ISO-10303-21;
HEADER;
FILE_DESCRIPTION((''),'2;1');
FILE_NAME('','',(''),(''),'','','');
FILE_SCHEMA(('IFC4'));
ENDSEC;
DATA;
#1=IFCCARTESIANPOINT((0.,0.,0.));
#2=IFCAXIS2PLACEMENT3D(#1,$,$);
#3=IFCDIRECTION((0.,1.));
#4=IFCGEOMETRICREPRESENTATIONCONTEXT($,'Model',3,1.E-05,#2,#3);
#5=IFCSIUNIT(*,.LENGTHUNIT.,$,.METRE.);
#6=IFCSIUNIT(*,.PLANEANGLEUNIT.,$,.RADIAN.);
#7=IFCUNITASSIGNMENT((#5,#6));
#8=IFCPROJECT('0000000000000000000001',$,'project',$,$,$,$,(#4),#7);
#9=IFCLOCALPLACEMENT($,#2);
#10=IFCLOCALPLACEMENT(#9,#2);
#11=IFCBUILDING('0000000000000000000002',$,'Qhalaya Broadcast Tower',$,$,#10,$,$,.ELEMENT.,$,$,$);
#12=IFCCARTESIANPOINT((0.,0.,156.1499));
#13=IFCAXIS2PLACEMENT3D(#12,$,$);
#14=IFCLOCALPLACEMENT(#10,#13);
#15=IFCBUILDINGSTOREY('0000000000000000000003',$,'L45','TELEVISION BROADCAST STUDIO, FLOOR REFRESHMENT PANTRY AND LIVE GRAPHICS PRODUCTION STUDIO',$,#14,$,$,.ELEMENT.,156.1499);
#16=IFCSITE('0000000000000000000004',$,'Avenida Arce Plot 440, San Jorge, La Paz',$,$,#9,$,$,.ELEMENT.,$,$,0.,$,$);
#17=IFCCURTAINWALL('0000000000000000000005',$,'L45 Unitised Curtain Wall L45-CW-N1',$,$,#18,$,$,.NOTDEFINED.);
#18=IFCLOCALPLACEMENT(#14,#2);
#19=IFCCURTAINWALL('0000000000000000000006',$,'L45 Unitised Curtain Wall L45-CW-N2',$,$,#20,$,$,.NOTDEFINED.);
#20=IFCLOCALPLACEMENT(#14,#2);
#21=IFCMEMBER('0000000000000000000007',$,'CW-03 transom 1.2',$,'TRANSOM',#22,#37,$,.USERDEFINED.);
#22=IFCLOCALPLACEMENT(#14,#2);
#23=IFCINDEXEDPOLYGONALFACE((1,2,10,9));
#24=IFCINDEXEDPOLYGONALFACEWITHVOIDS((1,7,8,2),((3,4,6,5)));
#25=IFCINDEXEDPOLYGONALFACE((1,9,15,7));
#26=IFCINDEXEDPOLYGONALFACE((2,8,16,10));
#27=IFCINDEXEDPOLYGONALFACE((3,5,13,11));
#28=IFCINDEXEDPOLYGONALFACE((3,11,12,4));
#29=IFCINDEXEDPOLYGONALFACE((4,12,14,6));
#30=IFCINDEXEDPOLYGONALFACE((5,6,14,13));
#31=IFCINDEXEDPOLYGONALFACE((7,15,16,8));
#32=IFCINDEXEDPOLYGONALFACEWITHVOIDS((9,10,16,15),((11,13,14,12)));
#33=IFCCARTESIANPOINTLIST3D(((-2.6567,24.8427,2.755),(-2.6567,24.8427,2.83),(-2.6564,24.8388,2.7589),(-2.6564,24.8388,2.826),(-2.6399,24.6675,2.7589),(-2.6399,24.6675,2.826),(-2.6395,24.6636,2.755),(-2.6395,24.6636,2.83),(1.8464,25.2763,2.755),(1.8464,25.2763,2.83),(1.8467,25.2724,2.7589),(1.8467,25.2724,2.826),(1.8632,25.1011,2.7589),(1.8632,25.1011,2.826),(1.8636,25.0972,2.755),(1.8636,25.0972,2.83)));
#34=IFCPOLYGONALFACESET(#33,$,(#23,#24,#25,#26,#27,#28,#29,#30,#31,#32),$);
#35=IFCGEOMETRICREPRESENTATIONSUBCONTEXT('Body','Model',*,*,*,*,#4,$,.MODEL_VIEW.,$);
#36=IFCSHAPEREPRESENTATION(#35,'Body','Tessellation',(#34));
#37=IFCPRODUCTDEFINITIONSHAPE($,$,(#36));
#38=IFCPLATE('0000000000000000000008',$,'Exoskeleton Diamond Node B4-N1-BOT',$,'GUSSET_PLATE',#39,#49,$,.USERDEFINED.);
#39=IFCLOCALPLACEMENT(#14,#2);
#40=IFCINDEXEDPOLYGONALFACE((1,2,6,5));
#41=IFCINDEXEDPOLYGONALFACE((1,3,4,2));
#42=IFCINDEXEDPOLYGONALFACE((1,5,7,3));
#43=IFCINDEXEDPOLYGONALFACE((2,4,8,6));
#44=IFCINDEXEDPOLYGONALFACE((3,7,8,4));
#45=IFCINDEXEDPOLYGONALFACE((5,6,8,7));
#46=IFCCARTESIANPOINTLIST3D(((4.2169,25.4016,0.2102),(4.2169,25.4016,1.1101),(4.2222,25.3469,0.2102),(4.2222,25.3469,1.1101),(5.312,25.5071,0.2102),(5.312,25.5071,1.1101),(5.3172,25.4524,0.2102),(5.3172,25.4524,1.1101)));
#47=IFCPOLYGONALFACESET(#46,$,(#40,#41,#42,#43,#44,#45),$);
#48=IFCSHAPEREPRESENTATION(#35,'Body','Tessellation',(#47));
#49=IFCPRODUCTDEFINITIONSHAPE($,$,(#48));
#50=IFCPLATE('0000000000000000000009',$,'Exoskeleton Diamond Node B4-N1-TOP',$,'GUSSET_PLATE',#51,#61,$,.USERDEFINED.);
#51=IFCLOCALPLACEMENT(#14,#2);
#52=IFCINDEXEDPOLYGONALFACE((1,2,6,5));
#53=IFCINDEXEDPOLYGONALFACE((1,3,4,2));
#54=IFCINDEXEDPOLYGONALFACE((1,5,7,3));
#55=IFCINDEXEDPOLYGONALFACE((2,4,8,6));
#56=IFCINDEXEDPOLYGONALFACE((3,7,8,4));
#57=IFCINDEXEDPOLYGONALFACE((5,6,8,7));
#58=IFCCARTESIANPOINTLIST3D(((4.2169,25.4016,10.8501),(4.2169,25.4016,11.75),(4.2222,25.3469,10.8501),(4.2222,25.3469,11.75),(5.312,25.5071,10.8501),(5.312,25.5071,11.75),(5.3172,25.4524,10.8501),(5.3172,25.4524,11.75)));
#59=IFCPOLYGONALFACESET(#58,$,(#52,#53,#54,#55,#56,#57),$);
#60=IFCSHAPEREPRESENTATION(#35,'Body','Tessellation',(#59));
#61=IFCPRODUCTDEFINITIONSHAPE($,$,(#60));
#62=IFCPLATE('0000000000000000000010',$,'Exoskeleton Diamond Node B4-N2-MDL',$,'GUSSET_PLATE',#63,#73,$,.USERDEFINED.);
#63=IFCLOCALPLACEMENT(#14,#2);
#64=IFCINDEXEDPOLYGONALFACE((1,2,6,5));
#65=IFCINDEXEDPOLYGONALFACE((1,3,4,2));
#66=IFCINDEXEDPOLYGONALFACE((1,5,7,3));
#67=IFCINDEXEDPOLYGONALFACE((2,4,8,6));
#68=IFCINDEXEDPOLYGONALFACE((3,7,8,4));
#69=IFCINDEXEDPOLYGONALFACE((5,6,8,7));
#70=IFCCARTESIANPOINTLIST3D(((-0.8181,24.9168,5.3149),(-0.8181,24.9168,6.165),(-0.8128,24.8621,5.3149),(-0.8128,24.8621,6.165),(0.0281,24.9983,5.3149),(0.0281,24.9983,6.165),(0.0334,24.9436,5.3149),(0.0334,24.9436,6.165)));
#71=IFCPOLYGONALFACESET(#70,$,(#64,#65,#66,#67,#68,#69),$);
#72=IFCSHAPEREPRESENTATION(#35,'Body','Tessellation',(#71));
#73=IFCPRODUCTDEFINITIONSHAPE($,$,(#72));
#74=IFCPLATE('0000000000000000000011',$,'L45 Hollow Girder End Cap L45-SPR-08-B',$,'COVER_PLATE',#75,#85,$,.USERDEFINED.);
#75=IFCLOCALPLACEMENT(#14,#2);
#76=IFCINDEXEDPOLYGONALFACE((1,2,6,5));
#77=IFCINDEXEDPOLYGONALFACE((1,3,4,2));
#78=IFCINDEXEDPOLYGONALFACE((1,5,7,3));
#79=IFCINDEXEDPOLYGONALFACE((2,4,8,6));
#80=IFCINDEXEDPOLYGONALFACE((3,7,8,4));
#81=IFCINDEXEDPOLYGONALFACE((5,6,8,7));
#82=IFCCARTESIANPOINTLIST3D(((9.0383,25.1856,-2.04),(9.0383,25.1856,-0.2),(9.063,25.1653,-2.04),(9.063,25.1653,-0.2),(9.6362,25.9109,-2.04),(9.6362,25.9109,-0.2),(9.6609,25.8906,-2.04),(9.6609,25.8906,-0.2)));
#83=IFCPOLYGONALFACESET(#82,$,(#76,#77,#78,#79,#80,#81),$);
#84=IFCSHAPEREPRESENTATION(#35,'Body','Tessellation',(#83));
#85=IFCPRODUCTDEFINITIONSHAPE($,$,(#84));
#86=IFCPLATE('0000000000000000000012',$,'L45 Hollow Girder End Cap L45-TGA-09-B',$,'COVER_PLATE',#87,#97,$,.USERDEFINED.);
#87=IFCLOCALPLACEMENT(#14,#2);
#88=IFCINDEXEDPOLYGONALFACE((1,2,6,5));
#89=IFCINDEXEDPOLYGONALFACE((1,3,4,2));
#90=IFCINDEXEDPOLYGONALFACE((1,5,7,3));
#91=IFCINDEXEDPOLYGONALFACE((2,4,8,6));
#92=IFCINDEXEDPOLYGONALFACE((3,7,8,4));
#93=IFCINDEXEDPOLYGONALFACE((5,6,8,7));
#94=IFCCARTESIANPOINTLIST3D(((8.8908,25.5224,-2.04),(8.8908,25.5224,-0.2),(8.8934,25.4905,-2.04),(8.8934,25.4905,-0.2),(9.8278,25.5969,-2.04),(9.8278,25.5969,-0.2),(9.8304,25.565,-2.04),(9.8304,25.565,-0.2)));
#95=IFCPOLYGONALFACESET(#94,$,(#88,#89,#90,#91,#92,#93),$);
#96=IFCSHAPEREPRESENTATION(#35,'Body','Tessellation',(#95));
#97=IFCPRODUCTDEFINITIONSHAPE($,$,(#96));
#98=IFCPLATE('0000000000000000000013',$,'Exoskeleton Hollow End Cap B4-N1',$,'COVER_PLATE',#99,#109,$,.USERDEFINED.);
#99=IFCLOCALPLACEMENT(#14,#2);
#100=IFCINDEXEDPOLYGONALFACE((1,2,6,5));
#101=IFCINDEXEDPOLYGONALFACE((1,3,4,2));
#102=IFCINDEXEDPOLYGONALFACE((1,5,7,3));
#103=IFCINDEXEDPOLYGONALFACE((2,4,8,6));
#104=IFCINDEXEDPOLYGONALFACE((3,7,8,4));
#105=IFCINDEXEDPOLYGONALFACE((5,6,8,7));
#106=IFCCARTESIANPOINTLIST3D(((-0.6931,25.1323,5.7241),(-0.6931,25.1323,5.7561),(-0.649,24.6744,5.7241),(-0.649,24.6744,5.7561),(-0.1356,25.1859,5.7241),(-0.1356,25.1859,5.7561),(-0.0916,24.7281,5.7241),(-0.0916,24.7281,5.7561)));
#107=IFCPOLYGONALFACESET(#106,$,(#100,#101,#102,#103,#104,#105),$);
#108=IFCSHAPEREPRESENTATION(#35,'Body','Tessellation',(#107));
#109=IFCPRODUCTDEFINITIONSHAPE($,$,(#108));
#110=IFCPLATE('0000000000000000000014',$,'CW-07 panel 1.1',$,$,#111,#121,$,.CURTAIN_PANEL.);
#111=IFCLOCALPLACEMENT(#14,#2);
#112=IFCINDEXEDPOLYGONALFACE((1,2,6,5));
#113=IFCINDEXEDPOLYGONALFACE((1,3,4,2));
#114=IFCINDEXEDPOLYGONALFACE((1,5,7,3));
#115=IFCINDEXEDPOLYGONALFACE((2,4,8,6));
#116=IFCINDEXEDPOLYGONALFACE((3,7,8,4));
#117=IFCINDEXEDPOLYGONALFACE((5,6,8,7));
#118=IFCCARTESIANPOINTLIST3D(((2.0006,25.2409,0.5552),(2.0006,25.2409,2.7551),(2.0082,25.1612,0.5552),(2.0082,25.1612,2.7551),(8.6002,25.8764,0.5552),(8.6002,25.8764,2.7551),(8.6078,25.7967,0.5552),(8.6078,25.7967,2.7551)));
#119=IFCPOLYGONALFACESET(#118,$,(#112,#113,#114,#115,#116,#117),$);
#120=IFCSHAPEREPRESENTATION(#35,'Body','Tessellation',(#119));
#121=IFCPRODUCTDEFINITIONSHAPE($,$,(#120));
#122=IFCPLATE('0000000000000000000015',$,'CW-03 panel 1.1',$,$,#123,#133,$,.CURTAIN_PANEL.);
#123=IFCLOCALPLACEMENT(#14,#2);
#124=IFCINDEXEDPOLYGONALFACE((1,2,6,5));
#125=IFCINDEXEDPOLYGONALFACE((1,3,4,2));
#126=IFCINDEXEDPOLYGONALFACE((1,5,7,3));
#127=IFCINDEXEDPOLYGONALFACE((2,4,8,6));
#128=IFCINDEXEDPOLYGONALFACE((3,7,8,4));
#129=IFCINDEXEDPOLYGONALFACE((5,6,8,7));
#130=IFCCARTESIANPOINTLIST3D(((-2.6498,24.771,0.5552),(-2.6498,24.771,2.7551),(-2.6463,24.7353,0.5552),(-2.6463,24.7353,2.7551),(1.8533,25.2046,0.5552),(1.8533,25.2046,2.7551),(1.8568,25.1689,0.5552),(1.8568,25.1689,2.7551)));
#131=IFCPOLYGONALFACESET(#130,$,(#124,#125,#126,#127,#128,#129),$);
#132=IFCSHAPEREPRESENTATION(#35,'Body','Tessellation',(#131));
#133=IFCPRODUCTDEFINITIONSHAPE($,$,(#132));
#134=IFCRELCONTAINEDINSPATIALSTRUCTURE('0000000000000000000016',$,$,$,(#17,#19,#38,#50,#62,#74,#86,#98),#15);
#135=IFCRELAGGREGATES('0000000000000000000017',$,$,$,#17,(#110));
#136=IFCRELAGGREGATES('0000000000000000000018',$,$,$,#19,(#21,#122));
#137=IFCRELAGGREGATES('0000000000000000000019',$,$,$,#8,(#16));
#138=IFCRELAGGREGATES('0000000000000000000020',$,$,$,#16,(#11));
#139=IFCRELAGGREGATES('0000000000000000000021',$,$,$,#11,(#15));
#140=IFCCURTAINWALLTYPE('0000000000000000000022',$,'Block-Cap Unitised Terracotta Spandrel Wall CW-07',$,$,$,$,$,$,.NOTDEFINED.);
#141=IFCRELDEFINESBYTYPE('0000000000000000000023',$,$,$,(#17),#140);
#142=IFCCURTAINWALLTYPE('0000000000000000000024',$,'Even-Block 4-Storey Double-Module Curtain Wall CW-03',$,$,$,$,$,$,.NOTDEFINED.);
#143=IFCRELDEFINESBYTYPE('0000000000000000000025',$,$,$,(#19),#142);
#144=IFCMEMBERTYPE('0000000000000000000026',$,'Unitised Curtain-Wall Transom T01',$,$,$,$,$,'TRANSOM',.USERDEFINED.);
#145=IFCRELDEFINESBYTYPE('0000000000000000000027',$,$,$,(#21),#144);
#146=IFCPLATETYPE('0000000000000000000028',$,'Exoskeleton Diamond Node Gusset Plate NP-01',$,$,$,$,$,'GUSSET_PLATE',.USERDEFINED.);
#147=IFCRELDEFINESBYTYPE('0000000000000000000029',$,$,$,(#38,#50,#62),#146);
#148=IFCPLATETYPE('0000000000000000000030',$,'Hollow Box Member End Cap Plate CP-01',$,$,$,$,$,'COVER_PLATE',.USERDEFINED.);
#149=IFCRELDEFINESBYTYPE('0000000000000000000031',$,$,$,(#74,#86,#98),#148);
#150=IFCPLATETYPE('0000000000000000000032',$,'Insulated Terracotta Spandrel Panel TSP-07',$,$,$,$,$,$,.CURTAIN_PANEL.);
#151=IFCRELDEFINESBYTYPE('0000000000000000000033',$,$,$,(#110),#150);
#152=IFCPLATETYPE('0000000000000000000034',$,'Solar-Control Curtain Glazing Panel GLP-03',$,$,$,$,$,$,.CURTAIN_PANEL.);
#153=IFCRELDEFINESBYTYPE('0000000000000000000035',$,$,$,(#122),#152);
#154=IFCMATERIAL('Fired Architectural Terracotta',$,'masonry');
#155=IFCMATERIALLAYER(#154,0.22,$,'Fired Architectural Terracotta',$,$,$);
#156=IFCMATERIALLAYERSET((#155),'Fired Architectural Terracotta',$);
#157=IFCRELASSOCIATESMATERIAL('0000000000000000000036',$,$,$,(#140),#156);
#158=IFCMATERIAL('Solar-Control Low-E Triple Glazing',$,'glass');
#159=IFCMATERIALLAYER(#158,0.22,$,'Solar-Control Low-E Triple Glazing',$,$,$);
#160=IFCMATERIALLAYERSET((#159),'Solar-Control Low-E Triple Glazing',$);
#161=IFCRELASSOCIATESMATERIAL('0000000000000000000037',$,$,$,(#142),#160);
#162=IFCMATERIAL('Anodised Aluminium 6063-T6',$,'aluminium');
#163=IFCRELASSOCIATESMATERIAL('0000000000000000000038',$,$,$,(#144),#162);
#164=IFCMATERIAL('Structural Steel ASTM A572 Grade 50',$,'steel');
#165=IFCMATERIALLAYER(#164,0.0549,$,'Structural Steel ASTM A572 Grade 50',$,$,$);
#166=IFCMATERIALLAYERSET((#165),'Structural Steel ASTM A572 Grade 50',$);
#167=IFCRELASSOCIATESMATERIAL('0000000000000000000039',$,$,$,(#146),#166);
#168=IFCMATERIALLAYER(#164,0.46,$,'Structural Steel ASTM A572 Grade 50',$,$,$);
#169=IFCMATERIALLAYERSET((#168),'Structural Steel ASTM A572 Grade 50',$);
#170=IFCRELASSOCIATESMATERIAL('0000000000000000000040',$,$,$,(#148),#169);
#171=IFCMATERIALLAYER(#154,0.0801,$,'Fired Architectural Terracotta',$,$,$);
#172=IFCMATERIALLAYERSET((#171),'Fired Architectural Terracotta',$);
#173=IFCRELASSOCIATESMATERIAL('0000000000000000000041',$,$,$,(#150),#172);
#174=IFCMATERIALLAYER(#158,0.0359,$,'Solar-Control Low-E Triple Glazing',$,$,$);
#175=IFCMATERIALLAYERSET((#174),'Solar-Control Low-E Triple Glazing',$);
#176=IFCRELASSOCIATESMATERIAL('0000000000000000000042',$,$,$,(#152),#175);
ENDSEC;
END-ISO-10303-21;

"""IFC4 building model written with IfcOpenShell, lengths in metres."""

from ifc_helpers import new_model, si_unit, direction, frame, origin, origin_2d, place, context, subcontext, project, spatial, rectangle, hollow_rectangle, extrude, material, layer, layer_set, material_profile, profile_set, type_object, element, aggregate, save


model = new_model("IFC4")

# Units and contexts
model_context = context("Model", 3, precision=1e-05, world=origin(), true_north=direction((0.0, 1.0)))
body_context = subcontext(model_context, "Body", "Model", "MODEL_VIEW")
ifc_project = project(units=[si_unit("LENGTHUNIT", "METRE"), si_unit("PLANEANGLEUNIT", "RADIAN")], contexts=[model_context])

# Site, building, storey
site_placement = place(None, origin())
site = spatial("IfcSite", under=ifc_project, at=site_placement, Name="Avenida Arce Plot 440, San Jorge, La Paz", CompositionType="ELEMENT", RefElevation=0.0)
building_placement = place(site_placement, origin())
building = spatial("IfcBuilding", under=site, at=building_placement, Name="Qhalaya Broadcast Tower", CompositionType="ELEMENT")
storey_placement = place(building_placement, frame((0.0, 0.0, 156.1499)))
storey = spatial("IfcBuildingStorey", under=building, at=storey_placement, Name="L45", Description="TELEVISION BROADCAST STUDIO, FLOOR REFRESHMENT PANTRY AND LIVE GRAPHICS PRODUCTION STUDIO", CompositionType="ELEMENT", Elevation=156.1499)

# Shared definitions
ifc_material_1 = material(Name="Structural Steel ASTM A572 Grade 50", Category="steel")

# Curtain wall
ifc_material_2 = material(Name="Fired Architectural Terracotta", Category="masonry")
ifc_layer_1 = layer(ifc_material_2, 0.22, Name="Fired Architectural Terracotta")
ifc_layer_set_1 = layer_set([ifc_layer_1], Name="Fired Architectural Terracotta")
curtain_wall_type_1 = type_object("IfcCurtainWallType", Name="Block-Cap Unitised Terracotta Spandrel Wall CW-07", PredefinedType="NOTDEFINED", material=ifc_layer_set_1)
curtain_wall_1_placement = place(storey_placement, origin())
curtain_wall_1 = element("IfcCurtainWall", 1, at=curtain_wall_1_placement, inside=storey, type_object=curtain_wall_type_1, Name="L45 Unitised Curtain Wall L45-CW-N1", PredefinedType="NOTDEFINED")
ifc_material_3 = material(Name="Anodised Aluminium 6063-T6", Category="aluminium")

# Curtain wall
ifc_material_4 = material(Name="Solar-Control Low-E Triple Glazing", Category="glass")
ifc_layer_2 = layer(ifc_material_4, 0.22, Name="Solar-Control Low-E Triple Glazing")
ifc_layer_set_2 = layer_set([ifc_layer_2], Name="Solar-Control Low-E Triple Glazing")
curtain_wall_type_2 = type_object("IfcCurtainWallType", Name="Even-Block 4-Storey Double-Module Curtain Wall CW-03", PredefinedType="NOTDEFINED", material=ifc_layer_set_2)
curtain_wall_2_placement = place(storey_placement, origin())
curtain_wall_2 = element("IfcCurtainWall", 2, at=curtain_wall_2_placement, inside=storey, type_object=curtain_wall_type_2, Name="L45 Unitised Curtain Wall L45-CW-N2", PredefinedType="NOTDEFINED")

# Member
ifc_material_profile_1 = material_profile(ifc_material_3, hollow_rectangle(XDim=0.075, YDim=0.1799, WallThickness=0.0039, at=origin_2d()), Name="ALU-TRN 75x180x4")
ifc_profile_set_1 = profile_set([ifc_material_profile_1], Name="Anodised Aluminium 6063-T6")
member_type_1 = type_object("IfcMemberType", Name="Unitised Curtain-Wall Transom T01", ElementType="TRANSOM", PredefinedType="USERDEFINED", material=ifc_profile_set_1)
member_1_placement = place(storey_placement, frame((1.855, 25.1868, 2.7925), z_axis=(-0.995396, -0.095843, 0.0), x_axis=(0.0, 0.0, 1.0)))
member_1 = element("IfcMember", 3, at=member_1_placement, type_object=member_type_1, Name="CW-03 transom 1.2", ObjectType="TRANSOM", PredefinedType="USERDEFINED", context=body_context, shape_type="SweptSolid", body=[
    extrude(hollow_rectangle(XDim=0.075, YDim=0.1799, WallThickness=0.0039, at=origin_2d()), origin(), (0.0, 0.0, 1.0), 4.5239),
])

# Plates
ifc_layer_3 = layer(ifc_material_1, 0.0549, Name="Structural Steel ASTM A572 Grade 50")
ifc_layer_set_3 = layer_set([ifc_layer_3], Name="Structural Steel ASTM A572 Grade 50")
plate_type_1 = type_object("IfcPlateType", Name="Exoskeleton Diamond Node Gusset Plate NP-01", ElementType="GUSSET_PLATE", PredefinedType="USERDEFINED", material=ifc_layer_set_3)
for number, where, z_axis, x_axis, name in (
    (4, (4.7671, 25.427, 0.2102), (0.0, 0.0, 1.0), (0.995396, 0.095846, 0.0), "Exoskeleton Diamond Node B4-N1-BOT"),
    (5, (4.7671, 25.427, 10.8501), (0.0, 0.0, 1.0), (0.995396, 0.095846, 0.0), "Exoskeleton Diamond Node B4-N1-TOP"),
):
    element("IfcPlate", number, at=place(storey_placement, frame(where, z_axis=z_axis, x_axis=x_axis)), inside=storey, type_object=plate_type_1, Name=name, ObjectType="GUSSET_PLATE", PredefinedType="USERDEFINED", context=body_context, shape_type="SweptSolid", body=[
        extrude(rectangle(XDim=1.1001, YDim=0.0549, at=origin_2d()), origin(), (0.0, 0.0, 1.0), 0.8999),
    ])
plate_1_placement = place(storey_placement, frame((-0.3923, 24.9302, 5.3149), z_axis=(0.0, 0.0, 1.0), x_axis=(0.995396, 0.095846, 0.0)))
element("IfcPlate", 6, at=plate_1_placement, inside=storey, type_object=plate_type_1, Name="Exoskeleton Diamond Node B4-N2-MDL", ObjectType="GUSSET_PLATE", PredefinedType="USERDEFINED", context=body_context, shape_type="SweptSolid", body=[
    extrude(rectangle(XDim=0.8501, YDim=0.0549, at=origin_2d()), origin(), (0.0, 0.0, 1.0), 0.8501),
])
ifc_layer_4 = layer(ifc_material_1, 0.46, Name="Structural Steel ASTM A572 Grade 50")
ifc_layer_set_4 = layer_set([ifc_layer_4], Name="Structural Steel ASTM A572 Grade 50")
plate_type_2 = type_object("IfcPlateType", Name="Hollow Box Member End Cap Plate CP-01", ElementType="COVER_PLATE", PredefinedType="USERDEFINED", material=ifc_layer_set_4)
for number, where, z_axis, x_axis, name in (
    (7, (9.3496, 25.5381, -2.04), (0.0, 0.0, 1.0), (-0.636078, -0.771625, 0.0), "L45 Hollow Girder End Cap L45-SPR-08-B"),
    (8, (9.3606, 25.5437, -2.04), (0.0, 0.0, 1.0), (-0.99686, -0.07919, 0.0), "L45 Hollow Girder End Cap L45-TGA-09-B"),
):
    element("IfcPlate", number, at=place(storey_placement, frame(where, z_axis=z_axis, x_axis=x_axis)), inside=storey, type_object=plate_type_2, Name=name, ObjectType="COVER_PLATE", PredefinedType="USERDEFINED", context=body_context, shape_type="SweptSolid", body=[
        extrude(rectangle(XDim=0.9399, YDim=0.032, at=origin_2d()), origin(), (0.0, 0.0, 1.0), 1.8401),
    ])
plate_2_placement = place(storey_placement, frame((-0.3923, 24.9302, 5.7241), z_axis=(0.0, 0.0, 1.0), x_axis=(0.995396, 0.095846, 0.0)))
element("IfcPlate", 9, at=plate_2_placement, inside=storey, type_object=plate_type_2, Name="Exoskeleton Hollow End Cap B4-N1", ObjectType="COVER_PLATE", PredefinedType="USERDEFINED", context=body_context, shape_type="SweptSolid", body=[
    extrude(rectangle(XDim=0.5601, YDim=0.46, at=origin_2d()), origin(), (0.0, 0.0, 1.0), 0.032),
])

# Plates
ifc_layer_5 = layer(ifc_material_2, 0.0801, Name="Fired Architectural Terracotta")
ifc_layer_set_5 = layer_set([ifc_layer_5], Name="Fired Architectural Terracotta")
plate_type_3 = type_object("IfcPlateType", Name="Insulated Terracotta Spandrel Panel TSP-07", PredefinedType="CURTAIN_PANEL", material=ifc_layer_set_5)
plate_3_placement = place(storey_placement, frame((5.3042, 25.5188, 0.5552), z_axis=(0.0, 0.0, 1.0), x_axis=(-0.995397, -0.095841, 0.0)))
plate_3 = element("IfcPlate", 10, at=plate_3_placement, type_object=plate_type_3, Name="CW-07 panel 1.1", PredefinedType="CURTAIN_PANEL", context=body_context, shape_type="SweptSolid", body=[
    extrude(rectangle(XDim=6.6301, YDim=0.0801, at=origin_2d()), origin(), (0.0, 0.0, 1.0), 2.2),
])
aggregate(curtain_wall_1, [plate_3])
ifc_layer_6 = layer(ifc_material_4, 0.0359, Name="Solar-Control Low-E Triple Glazing")
ifc_layer_set_6 = layer_set([ifc_layer_6], Name="Solar-Control Low-E Triple Glazing")
plate_type_4 = type_object("IfcPlateType", Name="Solar-Control Curtain Glazing Panel GLP-03", PredefinedType="CURTAIN_PANEL", material=ifc_layer_set_6)
plate_4_placement = place(storey_placement, frame((-0.3965, 24.97, 0.5552), z_axis=(0.0, 0.0, 1.0), x_axis=(-0.995396, -0.095849, 0.0)))
plate_4 = element("IfcPlate", 11, at=plate_4_placement, type_object=plate_type_4, Name="CW-03 panel 1.1", PredefinedType="CURTAIN_PANEL", context=body_context, shape_type="SweptSolid", body=[
    extrude(rectangle(XDim=4.5239, YDim=0.0359, at=origin_2d()), origin(), (0.0, 0.0, 1.0), 2.2),
])
aggregate(curtain_wall_2, [member_1, plate_4])

save(model, "model.ifc")
